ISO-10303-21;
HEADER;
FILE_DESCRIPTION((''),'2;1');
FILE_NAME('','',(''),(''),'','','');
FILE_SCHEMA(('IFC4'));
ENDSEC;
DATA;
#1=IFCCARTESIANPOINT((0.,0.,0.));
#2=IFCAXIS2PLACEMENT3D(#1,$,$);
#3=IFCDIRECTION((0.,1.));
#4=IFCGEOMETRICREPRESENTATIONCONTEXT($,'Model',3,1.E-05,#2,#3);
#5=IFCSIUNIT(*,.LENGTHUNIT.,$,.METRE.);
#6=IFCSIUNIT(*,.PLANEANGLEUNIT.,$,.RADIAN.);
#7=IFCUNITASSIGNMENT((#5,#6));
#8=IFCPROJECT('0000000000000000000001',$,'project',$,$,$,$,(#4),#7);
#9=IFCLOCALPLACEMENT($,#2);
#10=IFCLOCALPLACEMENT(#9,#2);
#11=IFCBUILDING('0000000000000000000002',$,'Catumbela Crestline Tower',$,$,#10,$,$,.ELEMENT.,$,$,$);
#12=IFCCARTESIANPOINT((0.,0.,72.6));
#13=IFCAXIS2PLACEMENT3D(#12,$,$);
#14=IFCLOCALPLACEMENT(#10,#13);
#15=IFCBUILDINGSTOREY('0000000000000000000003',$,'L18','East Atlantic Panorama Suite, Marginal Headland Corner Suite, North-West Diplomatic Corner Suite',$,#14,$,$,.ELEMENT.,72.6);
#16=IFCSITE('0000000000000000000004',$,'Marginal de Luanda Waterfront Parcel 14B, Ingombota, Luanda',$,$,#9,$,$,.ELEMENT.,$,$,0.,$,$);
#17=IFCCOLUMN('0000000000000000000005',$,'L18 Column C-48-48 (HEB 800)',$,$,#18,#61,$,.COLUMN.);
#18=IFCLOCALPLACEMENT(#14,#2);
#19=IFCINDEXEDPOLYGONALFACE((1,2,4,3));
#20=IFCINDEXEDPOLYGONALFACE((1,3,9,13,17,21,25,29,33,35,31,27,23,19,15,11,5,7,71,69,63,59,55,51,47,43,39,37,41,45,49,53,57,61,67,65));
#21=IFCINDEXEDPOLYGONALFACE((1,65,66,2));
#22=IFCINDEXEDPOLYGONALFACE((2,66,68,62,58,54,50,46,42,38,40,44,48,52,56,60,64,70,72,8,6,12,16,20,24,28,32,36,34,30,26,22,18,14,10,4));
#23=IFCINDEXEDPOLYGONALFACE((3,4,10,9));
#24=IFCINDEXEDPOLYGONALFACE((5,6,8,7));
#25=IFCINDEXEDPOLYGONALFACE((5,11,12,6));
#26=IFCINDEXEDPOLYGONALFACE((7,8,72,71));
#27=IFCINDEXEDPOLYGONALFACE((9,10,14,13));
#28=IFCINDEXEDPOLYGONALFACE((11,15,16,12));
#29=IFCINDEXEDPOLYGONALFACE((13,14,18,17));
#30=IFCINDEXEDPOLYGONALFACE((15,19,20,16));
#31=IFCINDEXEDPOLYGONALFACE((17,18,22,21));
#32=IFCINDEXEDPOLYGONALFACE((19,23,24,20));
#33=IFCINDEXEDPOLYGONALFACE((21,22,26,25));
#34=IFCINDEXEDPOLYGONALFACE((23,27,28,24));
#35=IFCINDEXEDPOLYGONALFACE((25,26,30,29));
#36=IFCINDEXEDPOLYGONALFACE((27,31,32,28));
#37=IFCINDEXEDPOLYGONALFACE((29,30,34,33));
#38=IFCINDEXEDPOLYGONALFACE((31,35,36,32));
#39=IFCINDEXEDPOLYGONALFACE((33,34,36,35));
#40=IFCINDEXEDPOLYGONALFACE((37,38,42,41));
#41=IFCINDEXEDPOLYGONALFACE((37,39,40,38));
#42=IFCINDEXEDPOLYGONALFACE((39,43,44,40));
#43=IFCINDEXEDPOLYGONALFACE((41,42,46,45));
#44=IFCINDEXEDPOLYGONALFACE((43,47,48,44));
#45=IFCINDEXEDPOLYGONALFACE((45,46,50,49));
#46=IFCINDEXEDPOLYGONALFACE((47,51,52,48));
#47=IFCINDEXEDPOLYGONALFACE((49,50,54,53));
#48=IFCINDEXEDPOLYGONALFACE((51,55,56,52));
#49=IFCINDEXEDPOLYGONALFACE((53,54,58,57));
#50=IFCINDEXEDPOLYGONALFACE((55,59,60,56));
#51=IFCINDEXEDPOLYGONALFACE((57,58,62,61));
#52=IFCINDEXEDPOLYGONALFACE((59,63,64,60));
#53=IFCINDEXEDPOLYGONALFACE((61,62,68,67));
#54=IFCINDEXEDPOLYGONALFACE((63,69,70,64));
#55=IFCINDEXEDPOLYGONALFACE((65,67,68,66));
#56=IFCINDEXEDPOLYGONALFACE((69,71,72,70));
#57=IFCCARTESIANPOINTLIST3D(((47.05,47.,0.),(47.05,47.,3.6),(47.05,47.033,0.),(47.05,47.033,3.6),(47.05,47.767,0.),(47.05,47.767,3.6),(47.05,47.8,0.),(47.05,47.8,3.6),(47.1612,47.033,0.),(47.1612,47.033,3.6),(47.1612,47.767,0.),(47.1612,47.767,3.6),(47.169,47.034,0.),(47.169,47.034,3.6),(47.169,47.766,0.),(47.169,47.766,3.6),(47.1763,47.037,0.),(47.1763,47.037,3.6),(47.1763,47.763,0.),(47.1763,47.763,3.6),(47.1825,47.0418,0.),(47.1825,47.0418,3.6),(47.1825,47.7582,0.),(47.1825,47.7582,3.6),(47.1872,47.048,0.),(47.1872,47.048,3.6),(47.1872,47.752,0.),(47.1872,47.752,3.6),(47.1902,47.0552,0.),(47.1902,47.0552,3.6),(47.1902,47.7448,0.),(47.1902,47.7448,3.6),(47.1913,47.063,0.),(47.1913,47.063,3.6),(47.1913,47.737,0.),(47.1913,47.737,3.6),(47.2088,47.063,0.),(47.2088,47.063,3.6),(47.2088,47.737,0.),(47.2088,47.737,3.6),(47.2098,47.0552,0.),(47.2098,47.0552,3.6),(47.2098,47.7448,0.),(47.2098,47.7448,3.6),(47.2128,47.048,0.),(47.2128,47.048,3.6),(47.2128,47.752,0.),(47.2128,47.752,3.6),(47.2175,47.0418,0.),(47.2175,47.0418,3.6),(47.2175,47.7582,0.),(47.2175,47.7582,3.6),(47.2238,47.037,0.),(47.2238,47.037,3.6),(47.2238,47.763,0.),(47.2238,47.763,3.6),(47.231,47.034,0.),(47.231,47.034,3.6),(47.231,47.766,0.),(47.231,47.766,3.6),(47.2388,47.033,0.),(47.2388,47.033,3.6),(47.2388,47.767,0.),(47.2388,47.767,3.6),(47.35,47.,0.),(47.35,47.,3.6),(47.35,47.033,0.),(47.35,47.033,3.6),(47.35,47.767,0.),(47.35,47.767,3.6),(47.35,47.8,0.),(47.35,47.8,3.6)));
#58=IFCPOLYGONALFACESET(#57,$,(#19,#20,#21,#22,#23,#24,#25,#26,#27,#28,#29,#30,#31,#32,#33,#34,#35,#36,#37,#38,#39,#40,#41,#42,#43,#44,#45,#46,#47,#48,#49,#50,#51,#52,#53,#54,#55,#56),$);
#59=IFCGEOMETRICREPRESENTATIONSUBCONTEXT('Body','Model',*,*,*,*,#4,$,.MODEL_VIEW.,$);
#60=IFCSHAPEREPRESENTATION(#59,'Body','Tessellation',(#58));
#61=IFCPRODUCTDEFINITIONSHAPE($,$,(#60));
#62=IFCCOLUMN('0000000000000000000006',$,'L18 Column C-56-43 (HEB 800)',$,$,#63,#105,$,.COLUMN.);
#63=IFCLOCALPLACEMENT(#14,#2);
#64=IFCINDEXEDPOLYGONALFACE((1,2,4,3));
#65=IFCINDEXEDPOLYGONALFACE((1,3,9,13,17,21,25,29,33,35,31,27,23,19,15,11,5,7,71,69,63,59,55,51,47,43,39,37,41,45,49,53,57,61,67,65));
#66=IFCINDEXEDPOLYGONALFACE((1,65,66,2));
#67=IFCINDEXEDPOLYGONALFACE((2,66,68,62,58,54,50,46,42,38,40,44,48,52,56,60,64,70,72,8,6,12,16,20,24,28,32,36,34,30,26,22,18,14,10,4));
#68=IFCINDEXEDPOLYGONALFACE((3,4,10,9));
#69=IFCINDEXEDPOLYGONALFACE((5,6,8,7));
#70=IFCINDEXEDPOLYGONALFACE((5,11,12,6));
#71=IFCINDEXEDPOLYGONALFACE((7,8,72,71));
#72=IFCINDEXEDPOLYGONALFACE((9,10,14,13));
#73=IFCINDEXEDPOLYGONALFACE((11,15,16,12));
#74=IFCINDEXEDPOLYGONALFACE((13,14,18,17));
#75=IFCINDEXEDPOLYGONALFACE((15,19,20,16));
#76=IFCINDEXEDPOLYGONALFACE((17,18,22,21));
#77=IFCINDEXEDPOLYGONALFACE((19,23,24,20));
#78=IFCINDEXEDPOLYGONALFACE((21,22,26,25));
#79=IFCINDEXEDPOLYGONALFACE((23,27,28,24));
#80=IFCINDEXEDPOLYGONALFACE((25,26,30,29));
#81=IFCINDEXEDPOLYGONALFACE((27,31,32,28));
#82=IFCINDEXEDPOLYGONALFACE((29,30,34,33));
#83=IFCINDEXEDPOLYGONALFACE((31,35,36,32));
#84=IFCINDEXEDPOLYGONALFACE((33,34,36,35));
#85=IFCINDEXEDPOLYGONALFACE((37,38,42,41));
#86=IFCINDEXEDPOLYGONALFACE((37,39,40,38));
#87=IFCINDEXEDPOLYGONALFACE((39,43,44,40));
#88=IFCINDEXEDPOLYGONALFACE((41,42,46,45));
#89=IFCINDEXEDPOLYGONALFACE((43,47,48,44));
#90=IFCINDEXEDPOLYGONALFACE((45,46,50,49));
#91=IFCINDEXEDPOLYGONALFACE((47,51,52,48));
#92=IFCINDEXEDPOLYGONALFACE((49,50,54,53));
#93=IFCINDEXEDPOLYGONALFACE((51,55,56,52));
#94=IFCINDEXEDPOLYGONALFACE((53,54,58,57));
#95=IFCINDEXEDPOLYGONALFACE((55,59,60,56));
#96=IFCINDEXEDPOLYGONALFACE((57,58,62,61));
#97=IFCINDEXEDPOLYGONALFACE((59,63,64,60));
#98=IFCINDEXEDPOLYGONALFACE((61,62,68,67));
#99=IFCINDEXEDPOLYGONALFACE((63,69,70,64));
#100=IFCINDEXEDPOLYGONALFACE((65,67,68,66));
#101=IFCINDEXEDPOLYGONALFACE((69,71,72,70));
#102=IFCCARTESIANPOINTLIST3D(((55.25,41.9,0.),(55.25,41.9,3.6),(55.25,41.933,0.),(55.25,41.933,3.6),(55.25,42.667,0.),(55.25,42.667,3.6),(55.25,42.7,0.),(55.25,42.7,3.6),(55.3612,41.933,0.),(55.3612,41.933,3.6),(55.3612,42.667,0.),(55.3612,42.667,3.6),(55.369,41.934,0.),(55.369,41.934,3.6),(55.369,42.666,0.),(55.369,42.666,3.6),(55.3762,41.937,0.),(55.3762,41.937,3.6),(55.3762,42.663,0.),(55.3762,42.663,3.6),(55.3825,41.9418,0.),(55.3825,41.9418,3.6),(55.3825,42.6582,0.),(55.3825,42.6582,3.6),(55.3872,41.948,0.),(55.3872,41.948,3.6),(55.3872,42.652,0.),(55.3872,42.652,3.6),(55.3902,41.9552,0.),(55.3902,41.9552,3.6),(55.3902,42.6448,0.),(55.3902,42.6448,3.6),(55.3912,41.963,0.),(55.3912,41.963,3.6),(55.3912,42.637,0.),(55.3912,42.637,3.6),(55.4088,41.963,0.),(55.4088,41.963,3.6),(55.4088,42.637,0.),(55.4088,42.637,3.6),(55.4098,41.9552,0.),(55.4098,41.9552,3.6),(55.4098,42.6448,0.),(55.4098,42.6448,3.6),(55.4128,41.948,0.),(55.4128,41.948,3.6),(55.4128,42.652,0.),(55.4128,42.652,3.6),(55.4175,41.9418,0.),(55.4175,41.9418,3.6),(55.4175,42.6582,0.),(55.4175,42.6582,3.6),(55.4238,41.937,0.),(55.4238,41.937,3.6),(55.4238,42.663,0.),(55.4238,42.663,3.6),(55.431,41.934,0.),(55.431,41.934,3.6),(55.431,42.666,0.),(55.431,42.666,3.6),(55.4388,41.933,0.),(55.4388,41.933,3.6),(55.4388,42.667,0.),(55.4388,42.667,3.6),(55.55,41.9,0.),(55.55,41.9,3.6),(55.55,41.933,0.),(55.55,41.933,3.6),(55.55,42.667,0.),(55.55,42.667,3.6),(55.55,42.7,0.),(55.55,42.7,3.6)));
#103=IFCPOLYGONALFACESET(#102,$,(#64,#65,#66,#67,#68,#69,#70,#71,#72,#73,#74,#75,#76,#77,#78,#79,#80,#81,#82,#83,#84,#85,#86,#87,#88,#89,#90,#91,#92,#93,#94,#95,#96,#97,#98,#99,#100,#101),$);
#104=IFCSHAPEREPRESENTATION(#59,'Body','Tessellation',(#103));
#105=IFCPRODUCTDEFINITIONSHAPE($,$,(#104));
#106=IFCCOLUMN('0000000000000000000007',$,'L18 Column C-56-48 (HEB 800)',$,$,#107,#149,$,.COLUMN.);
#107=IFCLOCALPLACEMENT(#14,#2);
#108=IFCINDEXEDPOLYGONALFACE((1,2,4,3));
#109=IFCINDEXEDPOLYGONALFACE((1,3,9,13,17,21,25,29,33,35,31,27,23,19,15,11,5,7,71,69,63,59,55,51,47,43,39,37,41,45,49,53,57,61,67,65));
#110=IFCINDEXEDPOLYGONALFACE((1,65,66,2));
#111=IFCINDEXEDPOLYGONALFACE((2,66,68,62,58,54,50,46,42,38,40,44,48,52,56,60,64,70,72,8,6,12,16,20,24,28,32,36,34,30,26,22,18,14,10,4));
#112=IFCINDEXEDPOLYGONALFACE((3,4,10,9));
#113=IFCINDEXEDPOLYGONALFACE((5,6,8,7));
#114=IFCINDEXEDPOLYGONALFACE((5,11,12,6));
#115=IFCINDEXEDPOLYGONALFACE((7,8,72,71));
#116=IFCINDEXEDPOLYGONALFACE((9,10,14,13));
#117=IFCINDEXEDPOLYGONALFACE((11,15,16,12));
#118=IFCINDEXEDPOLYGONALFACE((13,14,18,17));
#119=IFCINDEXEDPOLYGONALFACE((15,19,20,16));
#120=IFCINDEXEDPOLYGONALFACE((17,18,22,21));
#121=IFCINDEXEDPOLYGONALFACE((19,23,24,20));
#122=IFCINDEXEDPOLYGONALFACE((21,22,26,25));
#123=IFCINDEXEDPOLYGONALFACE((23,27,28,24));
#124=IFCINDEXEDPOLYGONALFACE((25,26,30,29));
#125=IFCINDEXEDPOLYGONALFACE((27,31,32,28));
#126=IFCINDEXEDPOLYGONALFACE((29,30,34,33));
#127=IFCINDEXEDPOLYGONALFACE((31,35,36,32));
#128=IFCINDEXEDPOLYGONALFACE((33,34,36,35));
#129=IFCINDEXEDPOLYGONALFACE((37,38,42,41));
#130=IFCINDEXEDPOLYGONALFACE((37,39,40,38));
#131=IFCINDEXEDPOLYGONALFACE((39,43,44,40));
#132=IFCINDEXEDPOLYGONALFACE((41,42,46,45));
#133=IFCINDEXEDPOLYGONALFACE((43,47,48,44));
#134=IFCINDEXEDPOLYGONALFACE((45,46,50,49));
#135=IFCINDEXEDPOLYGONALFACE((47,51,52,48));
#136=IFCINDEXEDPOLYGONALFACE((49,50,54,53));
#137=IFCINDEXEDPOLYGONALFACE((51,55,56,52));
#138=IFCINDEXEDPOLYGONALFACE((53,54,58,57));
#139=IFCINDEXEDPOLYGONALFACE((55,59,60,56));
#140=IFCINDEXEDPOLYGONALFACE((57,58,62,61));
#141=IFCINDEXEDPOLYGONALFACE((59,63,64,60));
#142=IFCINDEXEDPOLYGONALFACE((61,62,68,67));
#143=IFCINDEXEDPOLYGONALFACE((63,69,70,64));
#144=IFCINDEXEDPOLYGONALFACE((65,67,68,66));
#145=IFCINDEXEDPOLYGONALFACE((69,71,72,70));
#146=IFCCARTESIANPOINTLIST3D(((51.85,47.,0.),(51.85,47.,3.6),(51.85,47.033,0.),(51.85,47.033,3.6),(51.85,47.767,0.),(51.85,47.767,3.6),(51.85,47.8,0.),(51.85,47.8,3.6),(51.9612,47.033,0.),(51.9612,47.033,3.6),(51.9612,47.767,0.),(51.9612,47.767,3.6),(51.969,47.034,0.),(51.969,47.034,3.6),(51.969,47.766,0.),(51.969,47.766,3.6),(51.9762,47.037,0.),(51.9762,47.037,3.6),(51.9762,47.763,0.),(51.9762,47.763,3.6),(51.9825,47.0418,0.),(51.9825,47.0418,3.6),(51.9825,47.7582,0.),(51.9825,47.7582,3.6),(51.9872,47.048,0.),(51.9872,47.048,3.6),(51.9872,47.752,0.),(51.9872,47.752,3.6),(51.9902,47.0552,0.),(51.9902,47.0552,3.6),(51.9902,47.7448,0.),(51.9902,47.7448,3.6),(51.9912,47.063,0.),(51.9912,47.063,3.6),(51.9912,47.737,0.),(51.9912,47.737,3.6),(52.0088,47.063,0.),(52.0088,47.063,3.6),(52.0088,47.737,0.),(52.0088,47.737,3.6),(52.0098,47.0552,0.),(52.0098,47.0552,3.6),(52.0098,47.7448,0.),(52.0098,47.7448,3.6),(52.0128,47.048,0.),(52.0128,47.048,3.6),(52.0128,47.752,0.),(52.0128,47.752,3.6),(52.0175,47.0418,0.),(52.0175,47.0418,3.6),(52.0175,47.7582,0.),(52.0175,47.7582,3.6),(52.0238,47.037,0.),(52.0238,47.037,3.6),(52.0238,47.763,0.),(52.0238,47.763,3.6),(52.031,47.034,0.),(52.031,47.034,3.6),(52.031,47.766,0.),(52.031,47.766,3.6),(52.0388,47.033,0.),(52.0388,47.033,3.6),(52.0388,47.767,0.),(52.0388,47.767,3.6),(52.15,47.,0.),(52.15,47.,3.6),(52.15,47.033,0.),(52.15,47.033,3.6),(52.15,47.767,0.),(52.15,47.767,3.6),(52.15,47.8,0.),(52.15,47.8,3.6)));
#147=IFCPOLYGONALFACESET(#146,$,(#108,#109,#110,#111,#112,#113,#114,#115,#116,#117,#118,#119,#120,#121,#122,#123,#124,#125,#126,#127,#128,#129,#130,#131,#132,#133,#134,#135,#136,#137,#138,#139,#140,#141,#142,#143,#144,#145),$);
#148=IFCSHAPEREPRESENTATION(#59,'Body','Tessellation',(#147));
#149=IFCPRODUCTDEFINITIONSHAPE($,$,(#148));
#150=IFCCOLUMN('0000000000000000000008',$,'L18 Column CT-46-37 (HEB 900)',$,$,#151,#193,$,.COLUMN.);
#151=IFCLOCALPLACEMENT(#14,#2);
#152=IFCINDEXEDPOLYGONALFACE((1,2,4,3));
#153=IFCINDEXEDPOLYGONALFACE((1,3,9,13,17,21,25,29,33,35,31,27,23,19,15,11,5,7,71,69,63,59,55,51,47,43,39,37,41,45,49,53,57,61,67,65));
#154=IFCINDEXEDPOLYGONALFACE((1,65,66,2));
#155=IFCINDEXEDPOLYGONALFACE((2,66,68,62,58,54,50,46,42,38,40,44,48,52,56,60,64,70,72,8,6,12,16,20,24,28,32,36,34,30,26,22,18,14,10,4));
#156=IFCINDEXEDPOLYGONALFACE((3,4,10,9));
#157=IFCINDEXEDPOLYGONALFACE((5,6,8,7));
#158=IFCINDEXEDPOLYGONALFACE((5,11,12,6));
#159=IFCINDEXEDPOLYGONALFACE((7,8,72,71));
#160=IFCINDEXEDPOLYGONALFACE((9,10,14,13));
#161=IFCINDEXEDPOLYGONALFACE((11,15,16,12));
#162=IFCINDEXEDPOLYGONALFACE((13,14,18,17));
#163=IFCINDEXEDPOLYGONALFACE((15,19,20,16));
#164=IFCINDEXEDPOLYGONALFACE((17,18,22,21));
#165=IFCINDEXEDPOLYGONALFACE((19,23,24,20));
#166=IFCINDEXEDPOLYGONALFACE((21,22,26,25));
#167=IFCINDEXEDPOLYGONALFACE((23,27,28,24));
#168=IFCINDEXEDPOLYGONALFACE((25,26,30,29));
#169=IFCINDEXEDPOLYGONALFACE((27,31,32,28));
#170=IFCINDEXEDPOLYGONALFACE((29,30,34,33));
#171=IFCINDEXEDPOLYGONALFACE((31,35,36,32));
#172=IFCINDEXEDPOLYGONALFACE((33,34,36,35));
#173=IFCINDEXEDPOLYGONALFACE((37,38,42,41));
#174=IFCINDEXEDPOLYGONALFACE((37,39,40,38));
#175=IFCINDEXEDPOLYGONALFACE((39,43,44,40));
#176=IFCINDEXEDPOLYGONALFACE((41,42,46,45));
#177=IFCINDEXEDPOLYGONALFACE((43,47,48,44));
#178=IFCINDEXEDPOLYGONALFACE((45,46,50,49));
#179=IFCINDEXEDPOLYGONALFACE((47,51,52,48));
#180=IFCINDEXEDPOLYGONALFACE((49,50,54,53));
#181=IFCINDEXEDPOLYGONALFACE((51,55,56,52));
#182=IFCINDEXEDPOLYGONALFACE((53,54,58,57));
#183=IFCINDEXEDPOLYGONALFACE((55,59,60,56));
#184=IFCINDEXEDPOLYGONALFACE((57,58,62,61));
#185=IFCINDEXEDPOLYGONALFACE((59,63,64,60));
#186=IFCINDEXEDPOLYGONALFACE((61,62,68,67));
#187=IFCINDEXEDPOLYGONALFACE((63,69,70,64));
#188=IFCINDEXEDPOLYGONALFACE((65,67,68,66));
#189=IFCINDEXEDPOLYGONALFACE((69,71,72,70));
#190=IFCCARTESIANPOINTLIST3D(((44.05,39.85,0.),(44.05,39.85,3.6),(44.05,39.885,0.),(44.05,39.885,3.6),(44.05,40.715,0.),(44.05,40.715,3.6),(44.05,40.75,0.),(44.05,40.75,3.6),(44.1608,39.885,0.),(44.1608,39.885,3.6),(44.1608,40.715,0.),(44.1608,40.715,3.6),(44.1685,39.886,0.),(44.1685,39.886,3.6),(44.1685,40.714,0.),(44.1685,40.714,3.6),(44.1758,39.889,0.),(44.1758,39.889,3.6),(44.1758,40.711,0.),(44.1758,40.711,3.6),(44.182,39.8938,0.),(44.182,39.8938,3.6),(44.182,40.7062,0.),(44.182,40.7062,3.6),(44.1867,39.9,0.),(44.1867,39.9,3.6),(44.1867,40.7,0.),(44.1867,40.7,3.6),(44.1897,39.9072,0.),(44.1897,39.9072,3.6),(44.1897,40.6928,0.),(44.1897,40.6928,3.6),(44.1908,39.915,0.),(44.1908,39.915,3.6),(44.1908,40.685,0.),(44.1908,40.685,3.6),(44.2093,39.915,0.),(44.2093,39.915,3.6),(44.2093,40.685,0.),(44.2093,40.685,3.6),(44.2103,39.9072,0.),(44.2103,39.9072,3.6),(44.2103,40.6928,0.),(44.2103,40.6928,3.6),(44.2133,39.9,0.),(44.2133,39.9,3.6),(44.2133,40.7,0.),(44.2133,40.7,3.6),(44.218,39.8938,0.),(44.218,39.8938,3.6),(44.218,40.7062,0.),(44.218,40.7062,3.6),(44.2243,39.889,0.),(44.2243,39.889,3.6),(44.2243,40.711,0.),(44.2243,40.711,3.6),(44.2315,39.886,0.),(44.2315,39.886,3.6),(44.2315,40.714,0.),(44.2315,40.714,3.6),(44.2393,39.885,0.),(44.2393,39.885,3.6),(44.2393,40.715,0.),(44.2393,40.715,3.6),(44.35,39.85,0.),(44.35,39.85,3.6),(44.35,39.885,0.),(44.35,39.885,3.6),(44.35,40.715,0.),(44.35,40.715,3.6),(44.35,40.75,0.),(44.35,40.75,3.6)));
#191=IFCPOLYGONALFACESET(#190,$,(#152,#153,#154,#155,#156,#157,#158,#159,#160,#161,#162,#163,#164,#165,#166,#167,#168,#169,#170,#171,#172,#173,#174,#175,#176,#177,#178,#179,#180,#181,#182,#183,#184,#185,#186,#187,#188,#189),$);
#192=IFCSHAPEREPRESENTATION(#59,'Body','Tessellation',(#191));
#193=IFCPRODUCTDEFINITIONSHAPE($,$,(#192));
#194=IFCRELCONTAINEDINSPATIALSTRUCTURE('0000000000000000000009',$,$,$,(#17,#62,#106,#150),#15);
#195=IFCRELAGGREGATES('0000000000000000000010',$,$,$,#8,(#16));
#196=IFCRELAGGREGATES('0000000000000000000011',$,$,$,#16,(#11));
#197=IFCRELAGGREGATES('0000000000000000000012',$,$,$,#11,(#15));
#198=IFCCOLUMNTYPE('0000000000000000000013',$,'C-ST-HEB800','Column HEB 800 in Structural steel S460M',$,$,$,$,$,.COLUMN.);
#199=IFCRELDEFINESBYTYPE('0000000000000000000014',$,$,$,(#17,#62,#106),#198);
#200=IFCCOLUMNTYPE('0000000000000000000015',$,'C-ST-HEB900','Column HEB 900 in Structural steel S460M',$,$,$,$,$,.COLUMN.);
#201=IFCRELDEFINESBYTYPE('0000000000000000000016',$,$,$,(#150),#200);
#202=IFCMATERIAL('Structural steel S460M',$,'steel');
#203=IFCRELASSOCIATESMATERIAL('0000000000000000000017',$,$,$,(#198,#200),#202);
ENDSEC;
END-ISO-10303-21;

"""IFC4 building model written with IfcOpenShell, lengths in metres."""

from ifc_helpers import new_model, si_unit, direction, frame, origin, origin_2d, place, context, subcontext, project, spatial, i_section, extrude, material, material_profile, profile_set, type_object, element, save


model = new_model("IFC4")

# Units and contexts
model_context = context("Model", 3, precision=1e-05, world=origin(), true_north=direction((0.0, 1.0)))
body_context = subcontext(model_context, "Body", "Model", "MODEL_VIEW")
ifc_project = project(units=[si_unit("LENGTHUNIT", "METRE"), si_unit("PLANEANGLEUNIT", "RADIAN")], contexts=[model_context])

# Site, building, storey
site_placement = place(None, origin())
site = spatial("IfcSite", under=ifc_project, at=site_placement, Name="Marginal de Luanda Waterfront Parcel 14B, Ingombota, Luanda", CompositionType="ELEMENT", RefElevation=0.0)
building_placement = place(site_placement, origin())
building = spatial("IfcBuilding", under=site, at=building_placement, Name="Catumbela Crestline Tower", CompositionType="ELEMENT")
storey_placement = place(building_placement, frame((0.0, 0.0, 72.6)))
storey = spatial("IfcBuildingStorey", under=building, at=storey_placement, Name="L18", Description="East Atlantic Panorama Suite, Marginal Headland Corner Suite, North-West Diplomatic Corner Suite", CompositionType="ELEMENT", Elevation=72.6)

# Columns
ifc_material_1 = material(Name="Structural steel S460M", Category="steel")
ifc_material_profile_1 = material_profile(ifc_material_1, i_section(OverallWidth=0.3, OverallDepth=0.8, WebThickness=0.0175, FlangeThickness=0.033, FilletRadius=0.03, at=origin_2d()), Name="HEB 800")
ifc_profile_set_1 = profile_set([ifc_material_profile_1], Name="Structural steel S460M")
column_type_1 = type_object("IfcColumnType", Name="C-ST-HEB800", Description="Column HEB 800 in Structural steel S460M", PredefinedType="COLUMN", material=ifc_profile_set_1)
for number, where, z_axis, x_axis, name in (
    (1, (47.2, 47.4, 0.0), (0.0, 0.0, 1.0), (1.0, 0.0, 0.0), "L18 Column C-48-48 (HEB 800)"),
    (2, (55.4, 42.3, 0.0), (0.0, 0.0, 1.0), (1.0, 0.0, 0.0), "L18 Column C-56-43 (HEB 800)"),
    (3, (52.0, 47.4, 0.0), (0.0, 0.0, 1.0), (1.0, 0.0, 0.0), "L18 Column C-56-48 (HEB 800)"),
):
    element("IfcColumn", number, at=place(storey_placement, frame(where, z_axis=z_axis, x_axis=x_axis)), inside=storey, type_object=column_type_1, Name=name, PredefinedType="COLUMN", context=body_context, shape_type="SweptSolid", body=[
        extrude(i_section(OverallWidth=0.3, OverallDepth=0.8, WebThickness=0.0175, FlangeThickness=0.033, FilletRadius=0.03, at=origin_2d()), origin(), (0.0, 0.0, 1.0), 3.6),
    ])
ifc_material_profile_2 = material_profile(ifc_material_1, i_section(OverallWidth=0.3, OverallDepth=0.9, WebThickness=0.0185, FlangeThickness=0.035, FilletRadius=0.03, at=origin_2d()), Name="HEB 900")
ifc_profile_set_2 = profile_set([ifc_material_profile_2], Name="Structural steel S460M")
column_type_2 = type_object("IfcColumnType", Name="C-ST-HEB900", Description="Column HEB 900 in Structural steel S460M", PredefinedType="COLUMN", material=ifc_profile_set_2)
column_placement = place(storey_placement, frame((44.2, 40.3, 0.0), z_axis=(0.0, 0.0, 1.0), x_axis=(1.0, 0.0, 0.0)))
element("IfcColumn", 4, at=column_placement, inside=storey, type_object=column_type_2, Name="L18 Column CT-46-37 (HEB 900)", PredefinedType="COLUMN", context=body_context, shape_type="SweptSolid", body=[
    extrude(i_section(OverallWidth=0.3, OverallDepth=0.9, WebThickness=0.0185, FlangeThickness=0.035, FilletRadius=0.03, at=origin_2d()), origin(), (0.0, 0.0, 1.0), 3.6),
])

save(model, "model.ifc")
